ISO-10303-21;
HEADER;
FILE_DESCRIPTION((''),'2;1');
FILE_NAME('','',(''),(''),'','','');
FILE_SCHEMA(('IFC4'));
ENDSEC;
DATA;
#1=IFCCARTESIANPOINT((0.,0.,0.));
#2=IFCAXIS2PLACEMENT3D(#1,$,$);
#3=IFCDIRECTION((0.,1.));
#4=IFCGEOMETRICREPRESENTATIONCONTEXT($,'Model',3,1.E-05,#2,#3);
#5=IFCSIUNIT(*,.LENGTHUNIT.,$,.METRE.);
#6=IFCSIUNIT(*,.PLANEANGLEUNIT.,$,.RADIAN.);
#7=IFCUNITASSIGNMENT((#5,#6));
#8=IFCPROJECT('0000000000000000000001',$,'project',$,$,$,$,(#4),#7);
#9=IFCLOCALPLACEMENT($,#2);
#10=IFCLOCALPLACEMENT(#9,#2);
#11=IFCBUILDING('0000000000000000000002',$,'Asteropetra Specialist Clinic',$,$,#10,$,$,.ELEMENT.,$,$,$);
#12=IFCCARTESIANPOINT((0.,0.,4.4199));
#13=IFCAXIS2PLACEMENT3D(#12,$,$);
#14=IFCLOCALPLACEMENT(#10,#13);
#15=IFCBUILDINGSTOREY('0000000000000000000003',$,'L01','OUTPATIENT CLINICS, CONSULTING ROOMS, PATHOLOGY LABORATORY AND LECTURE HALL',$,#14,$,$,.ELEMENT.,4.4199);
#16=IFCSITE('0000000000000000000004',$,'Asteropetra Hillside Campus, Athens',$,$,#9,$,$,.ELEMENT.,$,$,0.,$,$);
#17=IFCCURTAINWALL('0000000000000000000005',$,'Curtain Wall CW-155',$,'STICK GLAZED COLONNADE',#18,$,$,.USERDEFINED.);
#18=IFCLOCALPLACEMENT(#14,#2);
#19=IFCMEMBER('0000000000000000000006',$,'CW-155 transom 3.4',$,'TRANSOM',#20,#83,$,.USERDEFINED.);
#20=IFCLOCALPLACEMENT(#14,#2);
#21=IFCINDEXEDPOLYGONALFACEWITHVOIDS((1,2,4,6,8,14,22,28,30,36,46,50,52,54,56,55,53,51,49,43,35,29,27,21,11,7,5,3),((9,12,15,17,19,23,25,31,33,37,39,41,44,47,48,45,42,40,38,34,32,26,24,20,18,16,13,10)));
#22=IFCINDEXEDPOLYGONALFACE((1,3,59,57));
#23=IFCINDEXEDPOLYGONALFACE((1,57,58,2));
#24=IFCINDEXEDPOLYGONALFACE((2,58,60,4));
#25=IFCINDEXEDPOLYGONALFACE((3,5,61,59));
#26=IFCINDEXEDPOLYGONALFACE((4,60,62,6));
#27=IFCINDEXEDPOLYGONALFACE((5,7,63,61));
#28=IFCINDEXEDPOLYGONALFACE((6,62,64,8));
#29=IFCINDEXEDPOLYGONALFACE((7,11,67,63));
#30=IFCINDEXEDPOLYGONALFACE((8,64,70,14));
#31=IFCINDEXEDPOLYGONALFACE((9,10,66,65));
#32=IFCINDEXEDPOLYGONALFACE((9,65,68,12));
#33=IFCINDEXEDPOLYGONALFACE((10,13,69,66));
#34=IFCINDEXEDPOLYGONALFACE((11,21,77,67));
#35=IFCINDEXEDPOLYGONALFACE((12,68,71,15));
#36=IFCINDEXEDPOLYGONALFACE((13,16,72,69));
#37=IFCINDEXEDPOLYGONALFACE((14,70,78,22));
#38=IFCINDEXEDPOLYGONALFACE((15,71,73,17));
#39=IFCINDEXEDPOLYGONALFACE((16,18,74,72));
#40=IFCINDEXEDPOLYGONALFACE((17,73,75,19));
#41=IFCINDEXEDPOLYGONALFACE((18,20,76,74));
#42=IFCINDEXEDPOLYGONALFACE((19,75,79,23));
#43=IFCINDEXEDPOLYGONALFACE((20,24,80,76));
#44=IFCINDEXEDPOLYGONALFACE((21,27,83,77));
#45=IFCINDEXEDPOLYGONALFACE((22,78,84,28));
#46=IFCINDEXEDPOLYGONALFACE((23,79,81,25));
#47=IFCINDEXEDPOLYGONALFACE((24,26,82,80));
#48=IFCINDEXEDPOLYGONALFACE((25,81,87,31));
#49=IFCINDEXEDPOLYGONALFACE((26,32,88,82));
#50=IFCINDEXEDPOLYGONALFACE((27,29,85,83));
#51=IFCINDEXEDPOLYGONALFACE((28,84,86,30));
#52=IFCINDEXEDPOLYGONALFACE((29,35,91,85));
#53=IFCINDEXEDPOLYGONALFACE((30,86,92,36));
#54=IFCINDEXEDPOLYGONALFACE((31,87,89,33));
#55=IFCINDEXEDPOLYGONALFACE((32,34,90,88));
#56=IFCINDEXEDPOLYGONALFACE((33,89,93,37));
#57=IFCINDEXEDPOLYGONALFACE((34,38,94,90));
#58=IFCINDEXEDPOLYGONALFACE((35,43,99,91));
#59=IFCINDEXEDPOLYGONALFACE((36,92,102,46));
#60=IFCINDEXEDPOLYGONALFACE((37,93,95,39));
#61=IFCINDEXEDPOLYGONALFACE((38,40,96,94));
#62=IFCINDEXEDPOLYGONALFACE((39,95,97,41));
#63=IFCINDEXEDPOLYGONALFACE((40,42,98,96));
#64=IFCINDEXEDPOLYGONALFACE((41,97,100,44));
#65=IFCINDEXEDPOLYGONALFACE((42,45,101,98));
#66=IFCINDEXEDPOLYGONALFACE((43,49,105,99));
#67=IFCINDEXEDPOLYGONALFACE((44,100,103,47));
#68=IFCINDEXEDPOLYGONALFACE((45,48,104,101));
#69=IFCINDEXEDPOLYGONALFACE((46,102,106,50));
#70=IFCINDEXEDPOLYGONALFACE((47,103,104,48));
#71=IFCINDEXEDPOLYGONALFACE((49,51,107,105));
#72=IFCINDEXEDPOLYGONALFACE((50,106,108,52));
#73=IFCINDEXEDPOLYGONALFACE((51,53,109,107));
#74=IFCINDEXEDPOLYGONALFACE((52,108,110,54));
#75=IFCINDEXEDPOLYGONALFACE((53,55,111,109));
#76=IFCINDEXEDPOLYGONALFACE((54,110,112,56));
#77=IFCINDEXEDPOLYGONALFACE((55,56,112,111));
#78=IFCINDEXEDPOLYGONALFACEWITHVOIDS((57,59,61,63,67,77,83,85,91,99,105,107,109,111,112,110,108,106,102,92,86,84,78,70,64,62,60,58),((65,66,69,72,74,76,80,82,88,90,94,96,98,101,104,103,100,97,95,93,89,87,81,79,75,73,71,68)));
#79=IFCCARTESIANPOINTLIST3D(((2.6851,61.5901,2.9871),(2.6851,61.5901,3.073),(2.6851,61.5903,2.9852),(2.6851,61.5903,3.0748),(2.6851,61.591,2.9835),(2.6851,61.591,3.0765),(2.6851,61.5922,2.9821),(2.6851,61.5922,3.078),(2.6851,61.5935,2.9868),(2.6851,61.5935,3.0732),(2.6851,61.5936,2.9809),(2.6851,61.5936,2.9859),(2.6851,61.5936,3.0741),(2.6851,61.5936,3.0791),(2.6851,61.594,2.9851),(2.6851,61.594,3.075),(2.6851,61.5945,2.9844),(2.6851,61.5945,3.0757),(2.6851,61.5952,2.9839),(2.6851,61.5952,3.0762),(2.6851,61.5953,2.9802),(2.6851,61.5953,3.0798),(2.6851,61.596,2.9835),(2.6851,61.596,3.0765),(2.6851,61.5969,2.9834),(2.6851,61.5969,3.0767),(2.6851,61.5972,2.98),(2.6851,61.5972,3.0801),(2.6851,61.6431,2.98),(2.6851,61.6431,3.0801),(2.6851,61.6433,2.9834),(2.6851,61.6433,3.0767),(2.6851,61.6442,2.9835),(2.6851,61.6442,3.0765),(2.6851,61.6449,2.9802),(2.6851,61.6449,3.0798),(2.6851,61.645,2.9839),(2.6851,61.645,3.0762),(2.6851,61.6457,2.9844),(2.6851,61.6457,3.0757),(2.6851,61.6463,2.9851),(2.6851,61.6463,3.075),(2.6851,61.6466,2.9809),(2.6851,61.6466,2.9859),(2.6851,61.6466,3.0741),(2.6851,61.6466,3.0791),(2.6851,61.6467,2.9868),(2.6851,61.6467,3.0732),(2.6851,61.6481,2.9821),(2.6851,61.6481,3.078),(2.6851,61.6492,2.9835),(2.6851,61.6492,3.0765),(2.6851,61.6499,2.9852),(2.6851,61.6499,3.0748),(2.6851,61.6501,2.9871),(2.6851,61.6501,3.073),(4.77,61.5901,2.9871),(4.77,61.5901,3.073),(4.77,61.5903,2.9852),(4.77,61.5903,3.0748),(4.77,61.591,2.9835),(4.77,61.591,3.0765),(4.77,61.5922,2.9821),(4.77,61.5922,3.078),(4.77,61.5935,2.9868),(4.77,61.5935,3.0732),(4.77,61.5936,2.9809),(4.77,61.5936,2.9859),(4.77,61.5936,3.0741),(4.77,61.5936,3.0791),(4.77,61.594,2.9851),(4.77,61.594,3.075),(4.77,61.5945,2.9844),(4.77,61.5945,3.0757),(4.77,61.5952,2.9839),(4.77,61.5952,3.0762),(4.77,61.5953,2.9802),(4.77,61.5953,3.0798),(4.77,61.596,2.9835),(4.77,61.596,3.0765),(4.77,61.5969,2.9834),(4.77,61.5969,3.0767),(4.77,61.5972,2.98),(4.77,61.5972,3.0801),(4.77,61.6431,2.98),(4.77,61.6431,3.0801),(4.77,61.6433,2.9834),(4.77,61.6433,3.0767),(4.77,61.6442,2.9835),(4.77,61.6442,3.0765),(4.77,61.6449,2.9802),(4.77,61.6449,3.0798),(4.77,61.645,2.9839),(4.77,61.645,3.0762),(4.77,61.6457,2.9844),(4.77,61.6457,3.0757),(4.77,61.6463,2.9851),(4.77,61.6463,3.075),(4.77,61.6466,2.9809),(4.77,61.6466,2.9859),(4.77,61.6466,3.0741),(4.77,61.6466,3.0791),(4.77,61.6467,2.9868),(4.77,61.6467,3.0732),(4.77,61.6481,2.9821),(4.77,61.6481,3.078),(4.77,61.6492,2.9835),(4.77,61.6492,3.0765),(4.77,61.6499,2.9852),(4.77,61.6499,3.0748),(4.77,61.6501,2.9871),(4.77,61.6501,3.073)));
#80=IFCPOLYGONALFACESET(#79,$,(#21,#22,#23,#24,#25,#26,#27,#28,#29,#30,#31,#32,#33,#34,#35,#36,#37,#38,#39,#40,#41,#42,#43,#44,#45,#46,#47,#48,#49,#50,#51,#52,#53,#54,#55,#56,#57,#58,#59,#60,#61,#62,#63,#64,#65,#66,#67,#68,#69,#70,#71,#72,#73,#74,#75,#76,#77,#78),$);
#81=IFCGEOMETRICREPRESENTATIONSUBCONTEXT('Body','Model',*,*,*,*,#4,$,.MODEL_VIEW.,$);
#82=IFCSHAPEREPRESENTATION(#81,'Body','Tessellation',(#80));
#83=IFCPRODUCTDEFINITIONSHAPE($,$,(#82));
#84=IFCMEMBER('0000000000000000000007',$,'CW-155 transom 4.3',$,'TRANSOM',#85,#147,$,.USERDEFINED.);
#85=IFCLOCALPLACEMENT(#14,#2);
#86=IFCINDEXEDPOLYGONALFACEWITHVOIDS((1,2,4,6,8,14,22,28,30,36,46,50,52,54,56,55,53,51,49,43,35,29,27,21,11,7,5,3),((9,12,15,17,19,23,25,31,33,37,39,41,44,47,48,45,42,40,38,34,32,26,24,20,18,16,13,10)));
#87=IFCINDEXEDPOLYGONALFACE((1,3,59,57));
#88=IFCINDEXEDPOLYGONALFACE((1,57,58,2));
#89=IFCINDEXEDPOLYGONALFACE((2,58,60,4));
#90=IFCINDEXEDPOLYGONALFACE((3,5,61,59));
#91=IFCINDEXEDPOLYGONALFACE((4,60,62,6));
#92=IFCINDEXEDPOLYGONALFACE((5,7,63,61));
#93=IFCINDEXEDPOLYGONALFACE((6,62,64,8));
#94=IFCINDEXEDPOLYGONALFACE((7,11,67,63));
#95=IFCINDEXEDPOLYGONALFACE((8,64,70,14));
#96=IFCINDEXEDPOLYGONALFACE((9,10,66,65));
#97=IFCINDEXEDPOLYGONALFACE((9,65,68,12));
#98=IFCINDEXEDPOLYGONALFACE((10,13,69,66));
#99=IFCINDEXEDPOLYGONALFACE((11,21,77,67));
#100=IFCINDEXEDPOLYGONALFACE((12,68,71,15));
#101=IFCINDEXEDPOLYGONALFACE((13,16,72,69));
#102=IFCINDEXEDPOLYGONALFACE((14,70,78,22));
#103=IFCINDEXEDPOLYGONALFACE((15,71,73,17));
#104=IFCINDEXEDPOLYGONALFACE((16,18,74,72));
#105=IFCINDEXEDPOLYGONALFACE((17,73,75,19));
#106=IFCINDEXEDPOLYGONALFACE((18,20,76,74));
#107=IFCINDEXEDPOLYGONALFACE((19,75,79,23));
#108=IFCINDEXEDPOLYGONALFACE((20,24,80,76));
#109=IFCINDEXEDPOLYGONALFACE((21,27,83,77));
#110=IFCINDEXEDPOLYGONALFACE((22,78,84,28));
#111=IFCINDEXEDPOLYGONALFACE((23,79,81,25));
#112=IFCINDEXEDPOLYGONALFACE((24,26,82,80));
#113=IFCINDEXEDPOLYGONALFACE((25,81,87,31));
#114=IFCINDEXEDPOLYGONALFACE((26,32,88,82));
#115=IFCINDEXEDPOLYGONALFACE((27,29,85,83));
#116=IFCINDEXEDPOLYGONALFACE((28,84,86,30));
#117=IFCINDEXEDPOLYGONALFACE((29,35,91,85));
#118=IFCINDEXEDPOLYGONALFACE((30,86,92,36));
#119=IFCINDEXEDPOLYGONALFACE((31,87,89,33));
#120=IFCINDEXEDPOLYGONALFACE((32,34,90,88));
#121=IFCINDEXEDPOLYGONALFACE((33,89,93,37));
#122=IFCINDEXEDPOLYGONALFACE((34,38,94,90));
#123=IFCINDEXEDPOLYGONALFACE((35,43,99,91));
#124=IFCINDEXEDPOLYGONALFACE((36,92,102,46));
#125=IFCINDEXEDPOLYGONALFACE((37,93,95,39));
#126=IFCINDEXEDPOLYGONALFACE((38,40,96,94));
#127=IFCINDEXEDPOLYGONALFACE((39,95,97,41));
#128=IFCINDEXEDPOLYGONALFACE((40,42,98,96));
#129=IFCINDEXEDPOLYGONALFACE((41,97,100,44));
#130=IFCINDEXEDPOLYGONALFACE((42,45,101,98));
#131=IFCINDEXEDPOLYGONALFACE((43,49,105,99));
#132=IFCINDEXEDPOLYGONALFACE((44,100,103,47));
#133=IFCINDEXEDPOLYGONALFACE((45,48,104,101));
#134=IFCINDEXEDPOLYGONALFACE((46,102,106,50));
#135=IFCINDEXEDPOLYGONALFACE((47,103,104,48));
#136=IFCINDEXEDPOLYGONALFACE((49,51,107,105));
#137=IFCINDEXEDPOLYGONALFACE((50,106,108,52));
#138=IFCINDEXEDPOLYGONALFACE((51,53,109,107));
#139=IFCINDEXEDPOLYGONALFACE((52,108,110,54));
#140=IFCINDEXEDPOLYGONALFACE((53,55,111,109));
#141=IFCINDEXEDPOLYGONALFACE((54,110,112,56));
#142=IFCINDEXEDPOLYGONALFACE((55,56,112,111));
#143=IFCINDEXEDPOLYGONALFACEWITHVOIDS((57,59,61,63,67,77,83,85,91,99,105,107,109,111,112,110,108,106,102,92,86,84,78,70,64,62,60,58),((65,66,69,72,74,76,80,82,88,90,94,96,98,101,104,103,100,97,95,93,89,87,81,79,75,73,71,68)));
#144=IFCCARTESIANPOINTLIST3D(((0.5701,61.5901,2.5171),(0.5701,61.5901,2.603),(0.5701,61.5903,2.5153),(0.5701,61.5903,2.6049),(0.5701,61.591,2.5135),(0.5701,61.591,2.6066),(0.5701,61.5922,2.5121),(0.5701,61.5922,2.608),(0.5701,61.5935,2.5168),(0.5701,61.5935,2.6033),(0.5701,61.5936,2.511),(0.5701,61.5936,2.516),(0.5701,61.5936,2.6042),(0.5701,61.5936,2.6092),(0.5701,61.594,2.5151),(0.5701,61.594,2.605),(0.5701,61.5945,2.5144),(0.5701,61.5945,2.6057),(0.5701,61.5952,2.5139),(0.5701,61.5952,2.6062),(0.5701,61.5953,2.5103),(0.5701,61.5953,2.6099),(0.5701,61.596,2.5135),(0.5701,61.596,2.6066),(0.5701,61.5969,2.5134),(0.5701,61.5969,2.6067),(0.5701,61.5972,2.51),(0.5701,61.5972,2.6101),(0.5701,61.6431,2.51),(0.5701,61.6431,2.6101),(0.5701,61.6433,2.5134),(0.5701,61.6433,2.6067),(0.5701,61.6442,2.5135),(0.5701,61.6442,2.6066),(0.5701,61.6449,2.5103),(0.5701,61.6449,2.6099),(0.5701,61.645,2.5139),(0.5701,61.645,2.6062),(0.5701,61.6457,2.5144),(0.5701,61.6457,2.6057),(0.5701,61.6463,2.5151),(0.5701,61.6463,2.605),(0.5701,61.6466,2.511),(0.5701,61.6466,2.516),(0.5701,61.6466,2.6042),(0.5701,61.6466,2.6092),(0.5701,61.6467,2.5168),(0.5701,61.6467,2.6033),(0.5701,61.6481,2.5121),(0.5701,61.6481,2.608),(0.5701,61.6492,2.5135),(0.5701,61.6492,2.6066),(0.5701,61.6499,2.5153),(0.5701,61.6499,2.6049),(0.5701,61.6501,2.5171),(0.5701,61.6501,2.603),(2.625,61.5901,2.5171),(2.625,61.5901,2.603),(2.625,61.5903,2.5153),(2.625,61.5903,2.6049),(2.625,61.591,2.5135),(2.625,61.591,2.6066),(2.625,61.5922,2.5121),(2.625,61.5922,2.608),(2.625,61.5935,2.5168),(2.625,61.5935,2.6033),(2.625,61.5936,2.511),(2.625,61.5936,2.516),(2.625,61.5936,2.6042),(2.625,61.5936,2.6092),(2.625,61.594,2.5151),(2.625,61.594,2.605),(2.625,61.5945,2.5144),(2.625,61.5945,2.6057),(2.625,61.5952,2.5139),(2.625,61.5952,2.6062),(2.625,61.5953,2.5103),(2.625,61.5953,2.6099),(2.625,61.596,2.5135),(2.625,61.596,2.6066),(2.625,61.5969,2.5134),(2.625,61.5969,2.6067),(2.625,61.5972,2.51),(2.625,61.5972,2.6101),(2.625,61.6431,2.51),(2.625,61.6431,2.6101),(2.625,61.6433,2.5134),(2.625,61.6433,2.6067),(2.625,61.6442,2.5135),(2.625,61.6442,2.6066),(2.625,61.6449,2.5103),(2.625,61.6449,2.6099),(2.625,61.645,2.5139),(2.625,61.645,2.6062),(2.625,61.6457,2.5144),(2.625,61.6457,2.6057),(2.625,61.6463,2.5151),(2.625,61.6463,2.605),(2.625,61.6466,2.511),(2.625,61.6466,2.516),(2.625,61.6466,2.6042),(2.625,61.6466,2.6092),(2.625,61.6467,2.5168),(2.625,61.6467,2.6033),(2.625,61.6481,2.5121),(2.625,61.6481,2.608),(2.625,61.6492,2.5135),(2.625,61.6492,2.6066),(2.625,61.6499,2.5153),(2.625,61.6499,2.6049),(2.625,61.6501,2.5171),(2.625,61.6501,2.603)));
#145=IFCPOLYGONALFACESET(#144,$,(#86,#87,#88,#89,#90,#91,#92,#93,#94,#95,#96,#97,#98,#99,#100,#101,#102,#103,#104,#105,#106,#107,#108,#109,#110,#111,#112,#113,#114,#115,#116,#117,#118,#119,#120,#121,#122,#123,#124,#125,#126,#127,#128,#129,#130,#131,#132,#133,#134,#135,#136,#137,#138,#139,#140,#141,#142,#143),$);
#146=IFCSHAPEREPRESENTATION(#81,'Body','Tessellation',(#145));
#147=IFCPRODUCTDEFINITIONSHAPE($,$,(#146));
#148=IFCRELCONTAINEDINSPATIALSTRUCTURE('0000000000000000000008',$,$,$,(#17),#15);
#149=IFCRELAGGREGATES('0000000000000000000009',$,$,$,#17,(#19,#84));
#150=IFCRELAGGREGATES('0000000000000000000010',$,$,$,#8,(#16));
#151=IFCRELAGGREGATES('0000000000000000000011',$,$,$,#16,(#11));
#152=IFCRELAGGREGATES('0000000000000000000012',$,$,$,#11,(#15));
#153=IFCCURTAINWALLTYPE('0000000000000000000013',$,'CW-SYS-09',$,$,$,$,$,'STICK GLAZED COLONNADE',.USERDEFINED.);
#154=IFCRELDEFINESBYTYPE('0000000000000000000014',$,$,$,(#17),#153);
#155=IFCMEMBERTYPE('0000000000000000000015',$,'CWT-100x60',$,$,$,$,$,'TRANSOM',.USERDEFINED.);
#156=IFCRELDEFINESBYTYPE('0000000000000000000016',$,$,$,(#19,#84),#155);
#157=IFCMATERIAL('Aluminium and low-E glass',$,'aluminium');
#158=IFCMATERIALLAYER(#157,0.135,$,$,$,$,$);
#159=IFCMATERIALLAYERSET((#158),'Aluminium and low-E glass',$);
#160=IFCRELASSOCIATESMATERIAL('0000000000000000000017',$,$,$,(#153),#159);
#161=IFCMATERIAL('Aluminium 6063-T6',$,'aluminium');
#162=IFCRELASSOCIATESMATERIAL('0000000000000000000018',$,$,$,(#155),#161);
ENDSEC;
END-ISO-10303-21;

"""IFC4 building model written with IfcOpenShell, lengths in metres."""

from ifc_helpers import new_model, si_unit, direction, frame, origin, origin_2d, place, context, subcontext, project, spatial, hollow_rectangle, extrude, material, layer, layer_set, material_profile, profile_set, type_object, element, aggregate, save


model = new_model("IFC4")

# Units and contexts
model_context = context("Model", 3, precision=1e-05, world=origin(), true_north=direction((0.0, 1.0)))
body_context = subcontext(model_context, "Body", "Model", "MODEL_VIEW")
ifc_project = project(units=[si_unit("LENGTHUNIT", "METRE"), si_unit("PLANEANGLEUNIT", "RADIAN")], contexts=[model_context])

# Site, building, storey
site_placement = place(None, origin())
site = spatial("IfcSite", under=ifc_project, at=site_placement, Name="Asteropetra Hillside Campus, Athens", CompositionType="ELEMENT", RefElevation=0.0)
building_placement = place(site_placement, origin())
building = spatial("IfcBuilding", under=site, at=building_placement, Name="Asteropetra Specialist Clinic", CompositionType="ELEMENT")
storey_placement = place(building_placement, frame((0.0, 0.0, 4.4199)))
storey = spatial("IfcBuildingStorey", under=building, at=storey_placement, Name="L01", Description="OUTPATIENT CLINICS, CONSULTING ROOMS, PATHOLOGY LABORATORY AND LECTURE HALL", CompositionType="ELEMENT", Elevation=4.4199)

# Curtain wall, members
ifc_material_1 = material(Name="Aluminium and low-E glass", Category="aluminium")
ifc_layer_1 = layer(ifc_material_1, 0.135)
ifc_layer_set_1 = layer_set([ifc_layer_1], Name="Aluminium and low-E glass")
curtain_wall_type = type_object("IfcCurtainWallType", Name="CW-SYS-09", ElementType="STICK GLAZED COLONNADE", PredefinedType="USERDEFINED", material=ifc_layer_set_1)
curtain_wall_placement = place(storey_placement, origin())
curtain_wall = element("IfcCurtainWall", 1, at=curtain_wall_placement, inside=storey, type_object=curtain_wall_type, Name="Curtain Wall CW-155", ObjectType="STICK GLAZED COLONNADE", PredefinedType="USERDEFINED")
ifc_material_2 = material(Name="Aluminium 6063-T6", Category="aluminium")
ifc_material_profile_1 = material_profile(ifc_material_2, hollow_rectangle(XDim=0.0601, YDim=0.1001, WallThickness=0.0034, InnerFilletRadius=0.0034, OuterFilletRadius=0.0071, at=origin_2d()), Name="TRN 100x60x3.5")
ifc_profile_set_1 = profile_set([ifc_material_profile_1], Name="Aluminium 6063-T6")
member_type_1 = type_object("IfcMemberType", Name="CWT-100x60", ElementType="TRANSOM", PredefinedType="USERDEFINED", material=ifc_profile_set_1)
member_1_placement = place(storey_placement, frame((4.77, 61.6201, 3.03), z_axis=(-1.0, 0.0, 0.0), x_axis=(0.0, -1.0, 0.0)))
member_1 = element("IfcMember", 2, at=member_1_placement, type_object=member_type_1, Name="CW-155 transom 3.4", ObjectType="TRANSOM", PredefinedType="USERDEFINED", context=body_context, shape_type="SweptSolid", body=[
    extrude(hollow_rectangle(XDim=0.0601, YDim=0.1001, WallThickness=0.0034, InnerFilletRadius=0.0034, OuterFilletRadius=0.0071, at=origin_2d()), origin(), (0.0, 0.0, 1.0), 2.085),
])
member_2_placement = place(storey_placement, frame((2.625, 61.6201, 2.5601), z_axis=(-1.0, 0.0, 0.0), x_axis=(0.0, -1.0, 0.0)))
member_2 = element("IfcMember", 3, at=member_2_placement, type_object=member_type_1, Name="CW-155 transom 4.3", ObjectType="TRANSOM", PredefinedType="USERDEFINED", context=body_context, shape_type="SweptSolid", body=[
    extrude(hollow_rectangle(XDim=0.0601, YDim=0.1001, WallThickness=0.0034, InnerFilletRadius=0.0034, OuterFilletRadius=0.0071, at=origin_2d()), origin(), (0.0, 0.0, 1.0), 2.0549),
])
aggregate(curtain_wall, [member_1, member_2])

save(model, "model.ifc")
